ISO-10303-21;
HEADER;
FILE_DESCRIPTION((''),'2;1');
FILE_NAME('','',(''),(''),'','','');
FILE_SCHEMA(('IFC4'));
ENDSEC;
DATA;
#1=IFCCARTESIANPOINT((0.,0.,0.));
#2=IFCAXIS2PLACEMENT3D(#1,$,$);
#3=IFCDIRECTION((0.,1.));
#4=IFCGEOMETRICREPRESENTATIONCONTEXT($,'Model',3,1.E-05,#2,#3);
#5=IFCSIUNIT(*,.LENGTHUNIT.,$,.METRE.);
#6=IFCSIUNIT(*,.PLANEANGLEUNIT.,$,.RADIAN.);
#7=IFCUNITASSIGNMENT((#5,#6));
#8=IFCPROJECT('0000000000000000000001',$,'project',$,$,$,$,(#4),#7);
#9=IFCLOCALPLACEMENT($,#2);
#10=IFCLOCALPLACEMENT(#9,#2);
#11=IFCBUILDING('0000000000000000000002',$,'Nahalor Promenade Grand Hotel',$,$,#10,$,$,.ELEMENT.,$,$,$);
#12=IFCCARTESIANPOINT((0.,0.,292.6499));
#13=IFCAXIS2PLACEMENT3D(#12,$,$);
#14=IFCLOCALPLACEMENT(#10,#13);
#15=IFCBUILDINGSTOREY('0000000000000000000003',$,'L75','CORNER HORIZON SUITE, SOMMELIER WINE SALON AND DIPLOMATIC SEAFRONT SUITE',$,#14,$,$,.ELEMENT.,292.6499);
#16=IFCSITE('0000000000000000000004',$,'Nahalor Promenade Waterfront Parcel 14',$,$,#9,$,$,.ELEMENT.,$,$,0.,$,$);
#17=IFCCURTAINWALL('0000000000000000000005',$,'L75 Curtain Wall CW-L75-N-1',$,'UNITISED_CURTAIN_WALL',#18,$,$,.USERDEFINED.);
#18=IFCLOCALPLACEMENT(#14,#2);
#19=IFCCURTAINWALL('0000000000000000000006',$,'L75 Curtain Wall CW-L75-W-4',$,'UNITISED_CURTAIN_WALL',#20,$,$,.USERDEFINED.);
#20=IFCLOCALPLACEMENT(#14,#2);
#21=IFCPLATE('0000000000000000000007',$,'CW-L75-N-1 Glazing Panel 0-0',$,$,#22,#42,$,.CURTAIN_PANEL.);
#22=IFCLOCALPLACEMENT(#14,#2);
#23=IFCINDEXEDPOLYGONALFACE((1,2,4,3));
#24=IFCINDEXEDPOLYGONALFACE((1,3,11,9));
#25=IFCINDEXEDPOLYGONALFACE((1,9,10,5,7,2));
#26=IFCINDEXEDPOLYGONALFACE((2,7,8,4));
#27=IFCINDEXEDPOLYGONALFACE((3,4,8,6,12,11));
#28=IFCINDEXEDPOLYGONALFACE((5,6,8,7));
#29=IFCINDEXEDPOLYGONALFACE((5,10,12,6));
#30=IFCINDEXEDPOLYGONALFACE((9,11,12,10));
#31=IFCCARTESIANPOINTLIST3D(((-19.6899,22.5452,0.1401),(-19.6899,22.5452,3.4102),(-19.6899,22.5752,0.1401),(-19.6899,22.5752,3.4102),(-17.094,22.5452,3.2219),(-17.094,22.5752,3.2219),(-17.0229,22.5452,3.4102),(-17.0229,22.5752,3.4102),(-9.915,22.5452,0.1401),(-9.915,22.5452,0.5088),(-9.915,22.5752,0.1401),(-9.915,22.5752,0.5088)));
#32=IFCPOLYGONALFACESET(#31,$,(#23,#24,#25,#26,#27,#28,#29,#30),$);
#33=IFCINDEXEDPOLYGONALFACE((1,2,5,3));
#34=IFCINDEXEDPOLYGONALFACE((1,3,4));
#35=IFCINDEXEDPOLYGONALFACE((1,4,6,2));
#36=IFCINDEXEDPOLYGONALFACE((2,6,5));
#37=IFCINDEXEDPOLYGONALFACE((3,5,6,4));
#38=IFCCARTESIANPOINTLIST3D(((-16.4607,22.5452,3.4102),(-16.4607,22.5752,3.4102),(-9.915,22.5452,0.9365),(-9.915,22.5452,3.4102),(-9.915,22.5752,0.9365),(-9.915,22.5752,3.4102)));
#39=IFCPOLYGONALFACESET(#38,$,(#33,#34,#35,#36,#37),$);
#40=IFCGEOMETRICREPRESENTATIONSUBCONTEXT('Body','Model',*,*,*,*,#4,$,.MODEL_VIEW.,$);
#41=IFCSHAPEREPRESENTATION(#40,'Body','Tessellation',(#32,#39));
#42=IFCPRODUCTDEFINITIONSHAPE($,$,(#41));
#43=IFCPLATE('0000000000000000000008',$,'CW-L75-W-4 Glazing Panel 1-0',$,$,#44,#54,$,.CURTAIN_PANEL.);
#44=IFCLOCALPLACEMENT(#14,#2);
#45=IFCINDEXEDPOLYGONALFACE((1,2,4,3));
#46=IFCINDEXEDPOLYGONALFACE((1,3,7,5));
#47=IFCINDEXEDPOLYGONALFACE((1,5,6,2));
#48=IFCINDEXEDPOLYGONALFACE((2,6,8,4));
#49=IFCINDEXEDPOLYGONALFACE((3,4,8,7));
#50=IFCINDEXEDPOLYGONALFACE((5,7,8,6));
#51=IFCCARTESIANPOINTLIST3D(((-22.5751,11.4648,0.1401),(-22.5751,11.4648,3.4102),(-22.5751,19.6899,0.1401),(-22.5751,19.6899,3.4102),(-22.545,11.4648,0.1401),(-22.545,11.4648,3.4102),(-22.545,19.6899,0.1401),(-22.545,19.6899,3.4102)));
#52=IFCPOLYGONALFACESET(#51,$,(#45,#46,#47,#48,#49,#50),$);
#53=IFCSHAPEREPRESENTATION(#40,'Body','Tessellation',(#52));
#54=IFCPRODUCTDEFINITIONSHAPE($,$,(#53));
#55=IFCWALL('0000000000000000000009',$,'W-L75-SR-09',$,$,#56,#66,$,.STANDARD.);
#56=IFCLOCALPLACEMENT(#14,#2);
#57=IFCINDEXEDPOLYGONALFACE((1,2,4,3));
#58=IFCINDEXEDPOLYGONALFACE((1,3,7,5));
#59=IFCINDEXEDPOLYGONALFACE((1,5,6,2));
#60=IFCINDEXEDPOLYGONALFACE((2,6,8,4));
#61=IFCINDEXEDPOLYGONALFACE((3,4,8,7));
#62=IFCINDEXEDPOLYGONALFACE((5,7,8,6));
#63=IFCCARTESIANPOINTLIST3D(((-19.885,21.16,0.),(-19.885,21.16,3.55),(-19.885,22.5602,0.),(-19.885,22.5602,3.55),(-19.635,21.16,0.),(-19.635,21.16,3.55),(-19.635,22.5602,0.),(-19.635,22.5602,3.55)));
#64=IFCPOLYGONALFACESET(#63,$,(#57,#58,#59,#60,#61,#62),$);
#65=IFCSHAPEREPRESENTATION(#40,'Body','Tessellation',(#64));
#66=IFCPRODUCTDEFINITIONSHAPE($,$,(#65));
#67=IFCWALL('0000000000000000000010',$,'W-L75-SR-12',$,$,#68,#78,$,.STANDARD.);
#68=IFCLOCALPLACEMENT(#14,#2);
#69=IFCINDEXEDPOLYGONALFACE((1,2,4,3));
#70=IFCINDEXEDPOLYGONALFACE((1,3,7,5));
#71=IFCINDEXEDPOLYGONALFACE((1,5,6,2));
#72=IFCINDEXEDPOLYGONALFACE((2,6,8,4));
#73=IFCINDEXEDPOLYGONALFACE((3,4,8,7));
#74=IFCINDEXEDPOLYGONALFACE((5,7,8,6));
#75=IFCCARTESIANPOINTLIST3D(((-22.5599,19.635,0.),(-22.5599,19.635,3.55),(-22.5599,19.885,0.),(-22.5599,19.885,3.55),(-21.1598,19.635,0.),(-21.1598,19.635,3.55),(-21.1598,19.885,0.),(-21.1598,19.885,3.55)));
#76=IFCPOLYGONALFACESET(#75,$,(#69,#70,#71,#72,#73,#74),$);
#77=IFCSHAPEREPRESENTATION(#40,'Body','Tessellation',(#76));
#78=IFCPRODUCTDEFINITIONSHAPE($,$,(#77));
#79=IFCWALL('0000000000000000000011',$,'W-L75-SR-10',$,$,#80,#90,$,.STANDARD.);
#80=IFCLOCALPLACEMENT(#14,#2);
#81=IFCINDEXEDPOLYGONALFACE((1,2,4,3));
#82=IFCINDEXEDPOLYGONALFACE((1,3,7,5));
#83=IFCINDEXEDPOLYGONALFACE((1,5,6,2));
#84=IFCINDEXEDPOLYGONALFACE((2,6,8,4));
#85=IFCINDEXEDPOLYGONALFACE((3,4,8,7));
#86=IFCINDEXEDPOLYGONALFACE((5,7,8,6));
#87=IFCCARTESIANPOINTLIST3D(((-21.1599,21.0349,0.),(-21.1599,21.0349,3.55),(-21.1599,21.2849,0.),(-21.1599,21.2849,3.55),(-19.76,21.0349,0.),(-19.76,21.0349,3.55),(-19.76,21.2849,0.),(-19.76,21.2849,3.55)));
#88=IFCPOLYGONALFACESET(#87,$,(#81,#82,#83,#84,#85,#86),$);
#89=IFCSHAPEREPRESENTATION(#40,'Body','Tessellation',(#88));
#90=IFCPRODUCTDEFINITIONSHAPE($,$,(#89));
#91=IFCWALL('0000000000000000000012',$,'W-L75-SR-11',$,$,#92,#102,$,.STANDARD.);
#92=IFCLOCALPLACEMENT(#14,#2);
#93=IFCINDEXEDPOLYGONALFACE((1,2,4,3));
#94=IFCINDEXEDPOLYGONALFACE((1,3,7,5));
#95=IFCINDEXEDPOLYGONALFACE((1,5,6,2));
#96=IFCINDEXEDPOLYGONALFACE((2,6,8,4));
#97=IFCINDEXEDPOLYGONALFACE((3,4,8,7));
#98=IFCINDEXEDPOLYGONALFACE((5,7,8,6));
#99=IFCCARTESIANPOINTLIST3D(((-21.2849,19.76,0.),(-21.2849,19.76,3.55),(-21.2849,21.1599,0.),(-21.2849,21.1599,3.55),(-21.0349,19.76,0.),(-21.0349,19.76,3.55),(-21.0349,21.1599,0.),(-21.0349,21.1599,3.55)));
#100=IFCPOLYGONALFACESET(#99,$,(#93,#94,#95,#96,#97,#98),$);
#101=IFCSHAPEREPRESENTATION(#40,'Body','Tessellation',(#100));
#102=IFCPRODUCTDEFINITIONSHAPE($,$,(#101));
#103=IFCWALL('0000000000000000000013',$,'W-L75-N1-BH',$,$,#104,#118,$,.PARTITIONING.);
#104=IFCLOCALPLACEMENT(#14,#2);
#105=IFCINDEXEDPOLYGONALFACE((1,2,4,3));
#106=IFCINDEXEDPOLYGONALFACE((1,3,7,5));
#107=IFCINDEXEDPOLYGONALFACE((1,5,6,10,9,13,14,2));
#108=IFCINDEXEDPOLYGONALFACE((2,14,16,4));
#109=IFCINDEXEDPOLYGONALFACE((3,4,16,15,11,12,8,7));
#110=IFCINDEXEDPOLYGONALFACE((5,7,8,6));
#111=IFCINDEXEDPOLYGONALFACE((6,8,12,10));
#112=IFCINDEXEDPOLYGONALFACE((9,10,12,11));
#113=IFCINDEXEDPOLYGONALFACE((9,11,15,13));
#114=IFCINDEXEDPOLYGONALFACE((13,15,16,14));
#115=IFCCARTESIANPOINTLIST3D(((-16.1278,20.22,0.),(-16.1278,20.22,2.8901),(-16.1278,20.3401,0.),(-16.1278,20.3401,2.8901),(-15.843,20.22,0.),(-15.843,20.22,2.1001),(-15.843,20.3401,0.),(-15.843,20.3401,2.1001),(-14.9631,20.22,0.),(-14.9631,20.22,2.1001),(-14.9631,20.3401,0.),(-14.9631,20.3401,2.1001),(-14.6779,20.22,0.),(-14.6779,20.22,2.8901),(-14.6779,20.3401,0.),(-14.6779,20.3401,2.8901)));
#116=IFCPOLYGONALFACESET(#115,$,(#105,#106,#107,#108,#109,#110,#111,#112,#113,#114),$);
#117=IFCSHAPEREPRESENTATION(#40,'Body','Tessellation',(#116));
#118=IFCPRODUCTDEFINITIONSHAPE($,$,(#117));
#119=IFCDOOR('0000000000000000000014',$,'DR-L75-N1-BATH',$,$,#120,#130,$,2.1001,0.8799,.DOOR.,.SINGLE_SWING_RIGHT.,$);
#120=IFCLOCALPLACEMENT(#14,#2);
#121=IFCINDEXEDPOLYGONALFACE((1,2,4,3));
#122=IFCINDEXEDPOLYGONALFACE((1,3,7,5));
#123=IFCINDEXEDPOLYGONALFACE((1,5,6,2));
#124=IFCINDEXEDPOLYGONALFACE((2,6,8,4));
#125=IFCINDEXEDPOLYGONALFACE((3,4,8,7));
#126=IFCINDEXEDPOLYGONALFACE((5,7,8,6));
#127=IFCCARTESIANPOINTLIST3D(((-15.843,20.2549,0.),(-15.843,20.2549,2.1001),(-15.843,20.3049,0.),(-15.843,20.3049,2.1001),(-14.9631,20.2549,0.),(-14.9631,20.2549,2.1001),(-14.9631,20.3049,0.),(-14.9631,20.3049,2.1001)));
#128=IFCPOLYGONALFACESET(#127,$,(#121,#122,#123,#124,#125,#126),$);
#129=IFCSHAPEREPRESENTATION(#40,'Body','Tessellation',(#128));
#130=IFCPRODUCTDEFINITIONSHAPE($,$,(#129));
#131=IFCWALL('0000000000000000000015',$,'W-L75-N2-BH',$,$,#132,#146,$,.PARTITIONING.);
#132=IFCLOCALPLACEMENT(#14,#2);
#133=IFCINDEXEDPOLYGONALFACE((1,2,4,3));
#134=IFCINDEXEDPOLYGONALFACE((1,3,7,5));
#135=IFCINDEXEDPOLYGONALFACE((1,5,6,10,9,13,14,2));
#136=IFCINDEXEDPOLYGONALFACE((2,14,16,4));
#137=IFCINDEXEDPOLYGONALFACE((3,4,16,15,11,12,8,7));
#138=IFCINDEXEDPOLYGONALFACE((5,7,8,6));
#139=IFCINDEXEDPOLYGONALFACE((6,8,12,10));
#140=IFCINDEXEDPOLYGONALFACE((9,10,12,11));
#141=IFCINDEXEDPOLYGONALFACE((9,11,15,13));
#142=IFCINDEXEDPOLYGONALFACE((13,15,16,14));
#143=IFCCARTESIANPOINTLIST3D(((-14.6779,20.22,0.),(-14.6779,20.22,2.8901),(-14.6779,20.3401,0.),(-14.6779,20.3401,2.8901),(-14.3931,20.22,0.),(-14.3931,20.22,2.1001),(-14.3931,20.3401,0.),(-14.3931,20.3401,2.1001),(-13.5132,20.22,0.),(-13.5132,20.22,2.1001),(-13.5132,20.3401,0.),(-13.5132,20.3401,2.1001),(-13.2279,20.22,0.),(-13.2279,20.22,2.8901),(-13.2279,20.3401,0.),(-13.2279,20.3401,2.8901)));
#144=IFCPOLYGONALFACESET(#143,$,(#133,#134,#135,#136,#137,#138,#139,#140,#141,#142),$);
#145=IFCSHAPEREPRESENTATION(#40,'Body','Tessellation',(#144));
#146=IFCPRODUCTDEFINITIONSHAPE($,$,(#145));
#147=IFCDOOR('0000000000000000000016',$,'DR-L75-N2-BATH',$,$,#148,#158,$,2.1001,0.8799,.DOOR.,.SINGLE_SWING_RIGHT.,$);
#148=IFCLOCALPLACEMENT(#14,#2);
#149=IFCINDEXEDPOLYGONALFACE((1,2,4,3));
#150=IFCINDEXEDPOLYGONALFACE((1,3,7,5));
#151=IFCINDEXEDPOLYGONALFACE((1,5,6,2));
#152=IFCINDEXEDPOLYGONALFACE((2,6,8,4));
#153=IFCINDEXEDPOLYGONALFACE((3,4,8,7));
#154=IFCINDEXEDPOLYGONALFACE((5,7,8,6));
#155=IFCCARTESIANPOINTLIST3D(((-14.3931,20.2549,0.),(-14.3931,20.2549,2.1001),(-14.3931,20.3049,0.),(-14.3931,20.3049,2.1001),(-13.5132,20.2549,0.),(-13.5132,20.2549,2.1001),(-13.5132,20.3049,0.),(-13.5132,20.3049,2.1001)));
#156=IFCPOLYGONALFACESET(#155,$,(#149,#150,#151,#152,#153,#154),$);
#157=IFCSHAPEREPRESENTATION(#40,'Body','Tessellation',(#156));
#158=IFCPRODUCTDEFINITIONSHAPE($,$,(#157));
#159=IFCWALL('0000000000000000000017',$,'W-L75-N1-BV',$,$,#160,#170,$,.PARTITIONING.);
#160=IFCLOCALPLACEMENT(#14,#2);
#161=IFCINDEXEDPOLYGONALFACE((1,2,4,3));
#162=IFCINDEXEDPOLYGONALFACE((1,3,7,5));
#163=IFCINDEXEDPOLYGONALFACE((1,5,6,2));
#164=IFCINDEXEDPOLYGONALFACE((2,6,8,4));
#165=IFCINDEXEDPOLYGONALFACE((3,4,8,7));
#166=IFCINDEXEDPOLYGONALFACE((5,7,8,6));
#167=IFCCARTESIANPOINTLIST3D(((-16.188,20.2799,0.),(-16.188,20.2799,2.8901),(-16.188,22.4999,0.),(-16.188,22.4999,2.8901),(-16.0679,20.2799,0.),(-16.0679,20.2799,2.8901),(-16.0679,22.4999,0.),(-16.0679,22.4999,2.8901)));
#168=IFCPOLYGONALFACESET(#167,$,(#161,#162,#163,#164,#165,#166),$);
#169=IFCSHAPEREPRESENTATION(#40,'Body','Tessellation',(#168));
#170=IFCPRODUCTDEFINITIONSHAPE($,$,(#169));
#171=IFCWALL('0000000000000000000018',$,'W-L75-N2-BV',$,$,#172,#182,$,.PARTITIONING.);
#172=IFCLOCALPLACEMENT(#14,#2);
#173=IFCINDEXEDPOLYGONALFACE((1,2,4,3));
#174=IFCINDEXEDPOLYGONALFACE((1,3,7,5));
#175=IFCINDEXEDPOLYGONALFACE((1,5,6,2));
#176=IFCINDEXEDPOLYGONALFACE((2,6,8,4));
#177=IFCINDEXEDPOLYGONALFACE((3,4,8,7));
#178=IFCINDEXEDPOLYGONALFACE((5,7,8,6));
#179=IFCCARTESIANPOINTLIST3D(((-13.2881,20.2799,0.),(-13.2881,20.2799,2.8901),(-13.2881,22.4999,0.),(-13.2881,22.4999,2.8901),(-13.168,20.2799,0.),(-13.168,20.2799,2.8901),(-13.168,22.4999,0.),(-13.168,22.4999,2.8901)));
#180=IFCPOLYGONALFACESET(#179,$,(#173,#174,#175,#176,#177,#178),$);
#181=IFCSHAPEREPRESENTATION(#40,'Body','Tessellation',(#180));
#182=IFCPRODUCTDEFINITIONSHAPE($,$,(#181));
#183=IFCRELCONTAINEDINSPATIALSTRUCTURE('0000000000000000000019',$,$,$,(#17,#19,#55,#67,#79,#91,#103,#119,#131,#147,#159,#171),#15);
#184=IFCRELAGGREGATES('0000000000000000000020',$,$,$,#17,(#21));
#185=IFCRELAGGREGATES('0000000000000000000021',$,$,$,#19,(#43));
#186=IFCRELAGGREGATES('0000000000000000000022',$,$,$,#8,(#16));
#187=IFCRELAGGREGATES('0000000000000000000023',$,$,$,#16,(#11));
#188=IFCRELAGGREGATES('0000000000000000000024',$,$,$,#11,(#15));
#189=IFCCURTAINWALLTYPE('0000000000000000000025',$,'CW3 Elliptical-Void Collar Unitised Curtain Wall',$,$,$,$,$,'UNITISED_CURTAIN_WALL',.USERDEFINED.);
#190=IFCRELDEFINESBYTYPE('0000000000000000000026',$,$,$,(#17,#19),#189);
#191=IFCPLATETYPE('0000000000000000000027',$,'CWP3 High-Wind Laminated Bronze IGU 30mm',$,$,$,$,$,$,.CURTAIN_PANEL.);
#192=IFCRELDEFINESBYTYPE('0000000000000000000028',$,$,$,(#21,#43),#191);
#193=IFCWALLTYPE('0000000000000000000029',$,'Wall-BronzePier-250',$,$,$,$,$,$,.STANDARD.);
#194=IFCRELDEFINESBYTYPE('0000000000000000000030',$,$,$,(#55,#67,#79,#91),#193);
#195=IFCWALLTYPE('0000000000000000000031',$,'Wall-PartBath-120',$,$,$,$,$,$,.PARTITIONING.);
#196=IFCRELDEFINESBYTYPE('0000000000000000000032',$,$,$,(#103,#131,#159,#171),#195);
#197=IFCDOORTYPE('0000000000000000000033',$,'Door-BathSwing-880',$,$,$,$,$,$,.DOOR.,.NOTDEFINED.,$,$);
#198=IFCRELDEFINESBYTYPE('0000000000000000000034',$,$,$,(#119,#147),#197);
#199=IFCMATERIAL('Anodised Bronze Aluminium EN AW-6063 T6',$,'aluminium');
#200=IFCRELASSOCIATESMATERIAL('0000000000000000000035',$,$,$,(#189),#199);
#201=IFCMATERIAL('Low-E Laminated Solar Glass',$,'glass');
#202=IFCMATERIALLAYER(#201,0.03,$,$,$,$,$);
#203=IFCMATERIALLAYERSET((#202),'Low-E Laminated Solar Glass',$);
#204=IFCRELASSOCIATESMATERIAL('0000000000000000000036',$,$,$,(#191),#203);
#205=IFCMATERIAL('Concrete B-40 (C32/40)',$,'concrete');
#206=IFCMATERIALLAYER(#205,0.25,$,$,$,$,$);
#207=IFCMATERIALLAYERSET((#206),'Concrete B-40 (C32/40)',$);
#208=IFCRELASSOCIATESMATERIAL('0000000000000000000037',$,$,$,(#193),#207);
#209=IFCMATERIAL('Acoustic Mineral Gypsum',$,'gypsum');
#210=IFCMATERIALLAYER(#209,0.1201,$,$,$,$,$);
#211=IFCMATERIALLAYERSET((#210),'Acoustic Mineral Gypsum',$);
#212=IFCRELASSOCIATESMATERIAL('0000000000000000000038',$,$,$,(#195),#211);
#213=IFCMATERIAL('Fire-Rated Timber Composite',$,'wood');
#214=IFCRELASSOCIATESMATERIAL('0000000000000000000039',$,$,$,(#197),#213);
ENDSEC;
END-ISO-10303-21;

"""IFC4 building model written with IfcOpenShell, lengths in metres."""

from ifc_helpers import new_model, si_unit, direction, frame, frame_2d, origin, origin_2d, place, context, subcontext, project, spatial, polyline, rectangle, outline, extrude, source, transform, mapped, material, layer, layer_set, type_object, element, fill, aggregate, save


model = new_model("IFC4")

# Units and contexts
model_context = context("Model", 3, precision=1e-05, world=origin(), true_north=direction((0.0, 1.0)))
body_context = subcontext(model_context, "Body", "Model", "MODEL_VIEW")
ifc_project = project(units=[si_unit("LENGTHUNIT", "METRE"), si_unit("PLANEANGLEUNIT", "RADIAN")], contexts=[model_context])

# Site, building, storey
site_placement = place(None, origin())
site = spatial("IfcSite", under=ifc_project, at=site_placement, Name="Nahalor Promenade Waterfront Parcel 14", CompositionType="ELEMENT", RefElevation=0.0)
building_placement = place(site_placement, origin())
building = spatial("IfcBuilding", under=site, at=building_placement, Name="Nahalor Promenade Grand Hotel", CompositionType="ELEMENT")
storey_placement = place(building_placement, frame((0.0, 0.0, 292.6499)))
storey = spatial("IfcBuildingStorey", under=building, at=storey_placement, Name="L75", Description="CORNER HORIZON SUITE, SOMMELIER WINE SALON AND DIPLOMATIC SEAFRONT SUITE", CompositionType="ELEMENT", Elevation=292.6499)

# Curtain walls
ifc_material_1 = material(Name="Anodised Bronze Aluminium EN AW-6063 T6", Category="aluminium")
curtain_wall_type = type_object("IfcCurtainWallType", Name="CW3 Elliptical-Void Collar Unitised Curtain Wall", ElementType="UNITISED_CURTAIN_WALL", PredefinedType="USERDEFINED", material=ifc_material_1)
curtain_wall_1_placement = place(storey_placement, origin())
curtain_wall_1 = element("IfcCurtainWall", 1, at=curtain_wall_1_placement, inside=storey, type_object=curtain_wall_type, Name="L75 Curtain Wall CW-L75-N-1", ObjectType="UNITISED_CURTAIN_WALL", PredefinedType="USERDEFINED")
curtain_wall_2_placement = place(storey_placement, origin())
curtain_wall_2 = element("IfcCurtainWall", 2, at=curtain_wall_2_placement, inside=storey, type_object=curtain_wall_type, Name="L75 Curtain Wall CW-L75-W-4", ObjectType="UNITISED_CURTAIN_WALL", PredefinedType="USERDEFINED")

# Plates
ifc_material_2 = material(Name="Low-E Laminated Solar Glass", Category="glass")
ifc_layer_1 = layer(ifc_material_2, 0.03)
ifc_layer_set_1 = layer_set([ifc_layer_1], Name="Low-E Laminated Solar Glass")
plate_type = type_object("IfcPlateType", Name="CWP3 High-Wind Laminated Bronze IGU 30mm", PredefinedType="CURTAIN_PANEL", material=ifc_layer_set_1)
plate_1_placement = place(storey_placement, frame((-14.8025, 22.5601, 0.1401), z_axis=(0.0, 0.0, 1.0), x_axis=(1.0, 0.0, 0.0)))
plate_1 = element("IfcPlate", 3, at=plate_1_placement, type_object=plate_type, Name="CW-L75-N-1 Glazing Panel 0-0", PredefinedType="CURTAIN_PANEL", context=body_context, shape_type="SweptSolid", body=[
    extrude(outline(polyline([(-4.8875, 0.0), (4.8875, 0.0), (4.8875, 0.3687), (-2.2915, 3.0818), (-2.2205, 3.27), (-4.8875, 3.27), (-4.8875, 0.0)])), frame((0.0, 0.0151, 0.0), z_axis=(0.0, -1.0, 0.0), x_axis=(1.0, 0.0, 0.0)), (0.0, 0.0, 1.0), 0.03),
    extrude(outline(polyline([(4.8875, 0.7964), (4.8875, 3.27), (-1.6582, 3.27), (4.8875, 0.7964)])), frame((0.0, 0.0151, 0.0), z_axis=(0.0, -1.0, 0.0), x_axis=(1.0, 0.0, 0.0)), (0.0, 0.0, 1.0), 0.03),
])
aggregate(curtain_wall_1, [plate_1])
shared_shape_1 = source(origin(), body_context, "Body", "SweptSolid", [
    extrude(rectangle(XDim=8.2251, YDim=0.03, at=origin_2d()), origin(), (0.0, 0.0, 1.0), 3.27),
])
plate_2_placement = place(storey_placement, frame((-22.5601, 15.5774, 0.1401), z_axis=(0.0, 0.0, 1.0), x_axis=(0.0, 1.0, 0.0)))
plate_2 = element("IfcPlate", 4, at=plate_2_placement, type_object=plate_type, Name="CW-L75-W-4 Glazing Panel 1-0", PredefinedType="CURTAIN_PANEL", context=body_context, shape_type="MappedRepresentation", body=[
    mapped(shared_shape_1, transform((0.0, 0.0, 0.0), scale=1.0)),
])
aggregate(curtain_wall_2, [plate_2])

# Walls
ifc_material_3 = material(Name="Concrete B-40 (C32/40)", Category="concrete")
ifc_layer_2 = layer(ifc_material_3, 0.25)
ifc_layer_set_2 = layer_set([ifc_layer_2], Name="Concrete B-40 (C32/40)")
wall_type_1 = type_object("IfcWallType", Name="Wall-BronzePier-250", PredefinedType="STANDARD", material=ifc_layer_set_2)
shared_shape_2 = source(origin(), body_context, "Body", "SweptSolid", [
    extrude(rectangle(XDim=1.4001, YDim=0.25, at=frame_2d((0.7002, 0.0))), origin(), (0.0, 0.0, 1.0), 3.55),
])
for number, where, z_axis, x_axis, name in (
    (5, (-19.76, 21.1599, 0.0), (0.0, 0.0, 1.0), (0.0, 1.0, 0.0), "W-L75-SR-09"),
    (6, (-22.5601, 19.76, 0.0), (0.0, 0.0, 1.0), (1.0, 0.0, 0.0), "W-L75-SR-12"),
):
    element("IfcWall", number, at=place(storey_placement, frame(where, z_axis=z_axis, x_axis=x_axis)), inside=storey, type_object=wall_type_1, Name=name, PredefinedType="STANDARD", context=body_context, shape_type="MappedRepresentation", body=[
        mapped(shared_shape_2, transform((0.0, 0.0, 0.0), scale=1.0)),
    ])
shared_shape_3 = source(origin(), body_context, "Body", "SweptSolid", [
    extrude(rectangle(XDim=1.3999, YDim=0.25, at=frame_2d((0.7, 0.0))), origin(), (0.0, 0.0, 1.0), 3.55),
])
for number, where, z_axis, x_axis, name in (
    (7, (-21.1599, 21.1599, 0.0), (0.0, 0.0, 1.0), (1.0, 0.0, 0.0), "W-L75-SR-10"),
    (8, (-21.1599, 19.76, 0.0), (0.0, 0.0, 1.0), (0.0, 1.0, 0.0), "W-L75-SR-11"),
):
    element("IfcWall", number, at=place(storey_placement, frame(where, z_axis=z_axis, x_axis=x_axis)), inside=storey, type_object=wall_type_1, Name=name, PredefinedType="STANDARD", context=body_context, shape_type="MappedRepresentation", body=[
        mapped(shared_shape_3, transform((0.0, 0.0, 0.0), scale=1.0)),
    ])

# Walls, openings, doors
ifc_material_4 = material(Name="Acoustic Mineral Gypsum", Category="gypsum")
ifc_layer_3 = layer(ifc_material_4, 0.1201)
ifc_layer_set_3 = layer_set([ifc_layer_3], Name="Acoustic Mineral Gypsum")
wall_type_2 = type_object("IfcWallType", Name="Wall-PartBath-120", PredefinedType="PARTITIONING", material=ifc_layer_set_3)
shared_shape_4 = source(origin(), body_context, "Body", "SweptSolid", [
    extrude(rectangle(XDim=1.45, YDim=0.1201, at=frame_2d((0.7251, 0.0))), origin(), (0.0, 0.0, 1.0), 2.8901),
])
wall_1_placement = place(storey_placement, frame((-16.1279, 20.28, 0.0), z_axis=(0.0, 0.0, 1.0), x_axis=(1.0, 0.0, 0.0)))
wall_1 = element("IfcWall", 9, at=wall_1_placement, inside=storey, type_object=wall_type_2, Name="W-L75-N1-BH", PredefinedType="PARTITIONING", context=body_context, shape_type="MappedRepresentation", body=[
    mapped(shared_shape_4, transform((0.0, 0.0, 0.0), scale=1.0)),
])
opening_1_placement = place(wall_1_placement, frame((0.2849, 0.0, 0.0)))
opening_1 = element("IfcOpeningElement", 10, at=opening_1_placement, cuts=wall_1, PredefinedType="OPENING", context=body_context, shape_type="SweptSolid", body=[
    extrude(rectangle(XDim=0.8799, YDim=2.1001, at=frame_2d((0.4399, 1.05))), frame((0.0, 0.0701, 0.0), z_axis=(0.0, -1.0, 0.0), x_axis=(1.0, 0.0, 0.0)), (0.0, 0.0, 1.0), 0.1401),
])
ifc_material_5 = material(Name="Fire-Rated Timber Composite", Category="wood")
door_type = type_object("IfcDoorType", Name="Door-BathSwing-880", OperationType="NOTDEFINED", PredefinedType="DOOR", material=ifc_material_5)
shared_shape_5 = source(origin(), body_context, "Body", "SweptSolid", [
    extrude(rectangle(XDim=0.8799, YDim=2.1001, at=frame_2d((0.4399, 1.05))), frame((0.0, 0.0249, 0.0), z_axis=(0.0, -1.0, 0.0), x_axis=(1.0, 0.0, 0.0)), (0.0, 0.0, 1.0), 0.05),
])
door_1_placement = place(opening_1_placement, origin())
door_1 = element("IfcDoor", 11, at=door_1_placement, inside=storey, type_object=door_type, Name="DR-L75-N1-BATH", OperationType="SINGLE_SWING_RIGHT", OverallHeight=2.1001, OverallWidth=0.8799, PredefinedType="DOOR", context=body_context, shape_type="MappedRepresentation", body=[
    mapped(shared_shape_5, transform((0.0, 0.0, 0.0), scale=1.0)),
])
fill(opening_1, door_1)
wall_2_placement = place(storey_placement, frame((-14.678, 20.28, 0.0), z_axis=(0.0, 0.0, 1.0), x_axis=(1.0, 0.0, 0.0)))
wall_2 = element("IfcWall", 12, at=wall_2_placement, inside=storey, type_object=wall_type_2, Name="W-L75-N2-BH", PredefinedType="PARTITIONING", context=body_context, shape_type="MappedRepresentation", body=[
    mapped(shared_shape_4, transform((0.0, 0.0, 0.0), scale=1.0)),
])
opening_2_placement = place(wall_2_placement, frame((0.2849, 0.0, 0.0)))
opening_2 = element("IfcOpeningElement", 13, at=opening_2_placement, cuts=wall_2, PredefinedType="OPENING", context=body_context, shape_type="SweptSolid", body=[
    extrude(rectangle(XDim=0.8799, YDim=2.1001, at=frame_2d((0.4399, 1.05))), frame((0.0, 0.0701, 0.0), z_axis=(0.0, -1.0, 0.0), x_axis=(1.0, 0.0, 0.0)), (0.0, 0.0, 1.0), 0.1401),
])
door_2_placement = place(opening_2_placement, origin())
door_2 = element("IfcDoor", 14, at=door_2_placement, inside=storey, type_object=door_type, Name="DR-L75-N2-BATH", OperationType="SINGLE_SWING_RIGHT", OverallHeight=2.1001, OverallWidth=0.8799, PredefinedType="DOOR", context=body_context, shape_type="MappedRepresentation", body=[
    mapped(shared_shape_5, transform((0.0, 0.0, 0.0), scale=1.0)),
])
fill(opening_2, door_2)

# Walls
shared_shape_6 = source(origin(), body_context, "Body", "SweptSolid", [
    extrude(rectangle(XDim=2.22, YDim=0.1201, at=frame_2d((1.1099, 0.0))), origin(), (0.0, 0.0, 1.0), 2.8901),
])
for number, where, z_axis, x_axis, name in (
    (15, (-16.1279, 20.28, 0.0), (0.0, 0.0, 1.0), (0.0, 1.0, 0.0), "W-L75-N1-BV"),
    (16, (-13.228, 20.28, 0.0), (0.0, 0.0, 1.0), (0.0, 1.0, 0.0), "W-L75-N2-BV"),
):
    element("IfcWall", number, at=place(storey_placement, frame(where, z_axis=z_axis, x_axis=x_axis)), inside=storey, type_object=wall_type_2, Name=name, PredefinedType="PARTITIONING", context=body_context, shape_type="MappedRepresentation", body=[
        mapped(shared_shape_6, transform((0.0, 0.0, 0.0), scale=1.0)),
    ])

save(model, "model.ifc")
